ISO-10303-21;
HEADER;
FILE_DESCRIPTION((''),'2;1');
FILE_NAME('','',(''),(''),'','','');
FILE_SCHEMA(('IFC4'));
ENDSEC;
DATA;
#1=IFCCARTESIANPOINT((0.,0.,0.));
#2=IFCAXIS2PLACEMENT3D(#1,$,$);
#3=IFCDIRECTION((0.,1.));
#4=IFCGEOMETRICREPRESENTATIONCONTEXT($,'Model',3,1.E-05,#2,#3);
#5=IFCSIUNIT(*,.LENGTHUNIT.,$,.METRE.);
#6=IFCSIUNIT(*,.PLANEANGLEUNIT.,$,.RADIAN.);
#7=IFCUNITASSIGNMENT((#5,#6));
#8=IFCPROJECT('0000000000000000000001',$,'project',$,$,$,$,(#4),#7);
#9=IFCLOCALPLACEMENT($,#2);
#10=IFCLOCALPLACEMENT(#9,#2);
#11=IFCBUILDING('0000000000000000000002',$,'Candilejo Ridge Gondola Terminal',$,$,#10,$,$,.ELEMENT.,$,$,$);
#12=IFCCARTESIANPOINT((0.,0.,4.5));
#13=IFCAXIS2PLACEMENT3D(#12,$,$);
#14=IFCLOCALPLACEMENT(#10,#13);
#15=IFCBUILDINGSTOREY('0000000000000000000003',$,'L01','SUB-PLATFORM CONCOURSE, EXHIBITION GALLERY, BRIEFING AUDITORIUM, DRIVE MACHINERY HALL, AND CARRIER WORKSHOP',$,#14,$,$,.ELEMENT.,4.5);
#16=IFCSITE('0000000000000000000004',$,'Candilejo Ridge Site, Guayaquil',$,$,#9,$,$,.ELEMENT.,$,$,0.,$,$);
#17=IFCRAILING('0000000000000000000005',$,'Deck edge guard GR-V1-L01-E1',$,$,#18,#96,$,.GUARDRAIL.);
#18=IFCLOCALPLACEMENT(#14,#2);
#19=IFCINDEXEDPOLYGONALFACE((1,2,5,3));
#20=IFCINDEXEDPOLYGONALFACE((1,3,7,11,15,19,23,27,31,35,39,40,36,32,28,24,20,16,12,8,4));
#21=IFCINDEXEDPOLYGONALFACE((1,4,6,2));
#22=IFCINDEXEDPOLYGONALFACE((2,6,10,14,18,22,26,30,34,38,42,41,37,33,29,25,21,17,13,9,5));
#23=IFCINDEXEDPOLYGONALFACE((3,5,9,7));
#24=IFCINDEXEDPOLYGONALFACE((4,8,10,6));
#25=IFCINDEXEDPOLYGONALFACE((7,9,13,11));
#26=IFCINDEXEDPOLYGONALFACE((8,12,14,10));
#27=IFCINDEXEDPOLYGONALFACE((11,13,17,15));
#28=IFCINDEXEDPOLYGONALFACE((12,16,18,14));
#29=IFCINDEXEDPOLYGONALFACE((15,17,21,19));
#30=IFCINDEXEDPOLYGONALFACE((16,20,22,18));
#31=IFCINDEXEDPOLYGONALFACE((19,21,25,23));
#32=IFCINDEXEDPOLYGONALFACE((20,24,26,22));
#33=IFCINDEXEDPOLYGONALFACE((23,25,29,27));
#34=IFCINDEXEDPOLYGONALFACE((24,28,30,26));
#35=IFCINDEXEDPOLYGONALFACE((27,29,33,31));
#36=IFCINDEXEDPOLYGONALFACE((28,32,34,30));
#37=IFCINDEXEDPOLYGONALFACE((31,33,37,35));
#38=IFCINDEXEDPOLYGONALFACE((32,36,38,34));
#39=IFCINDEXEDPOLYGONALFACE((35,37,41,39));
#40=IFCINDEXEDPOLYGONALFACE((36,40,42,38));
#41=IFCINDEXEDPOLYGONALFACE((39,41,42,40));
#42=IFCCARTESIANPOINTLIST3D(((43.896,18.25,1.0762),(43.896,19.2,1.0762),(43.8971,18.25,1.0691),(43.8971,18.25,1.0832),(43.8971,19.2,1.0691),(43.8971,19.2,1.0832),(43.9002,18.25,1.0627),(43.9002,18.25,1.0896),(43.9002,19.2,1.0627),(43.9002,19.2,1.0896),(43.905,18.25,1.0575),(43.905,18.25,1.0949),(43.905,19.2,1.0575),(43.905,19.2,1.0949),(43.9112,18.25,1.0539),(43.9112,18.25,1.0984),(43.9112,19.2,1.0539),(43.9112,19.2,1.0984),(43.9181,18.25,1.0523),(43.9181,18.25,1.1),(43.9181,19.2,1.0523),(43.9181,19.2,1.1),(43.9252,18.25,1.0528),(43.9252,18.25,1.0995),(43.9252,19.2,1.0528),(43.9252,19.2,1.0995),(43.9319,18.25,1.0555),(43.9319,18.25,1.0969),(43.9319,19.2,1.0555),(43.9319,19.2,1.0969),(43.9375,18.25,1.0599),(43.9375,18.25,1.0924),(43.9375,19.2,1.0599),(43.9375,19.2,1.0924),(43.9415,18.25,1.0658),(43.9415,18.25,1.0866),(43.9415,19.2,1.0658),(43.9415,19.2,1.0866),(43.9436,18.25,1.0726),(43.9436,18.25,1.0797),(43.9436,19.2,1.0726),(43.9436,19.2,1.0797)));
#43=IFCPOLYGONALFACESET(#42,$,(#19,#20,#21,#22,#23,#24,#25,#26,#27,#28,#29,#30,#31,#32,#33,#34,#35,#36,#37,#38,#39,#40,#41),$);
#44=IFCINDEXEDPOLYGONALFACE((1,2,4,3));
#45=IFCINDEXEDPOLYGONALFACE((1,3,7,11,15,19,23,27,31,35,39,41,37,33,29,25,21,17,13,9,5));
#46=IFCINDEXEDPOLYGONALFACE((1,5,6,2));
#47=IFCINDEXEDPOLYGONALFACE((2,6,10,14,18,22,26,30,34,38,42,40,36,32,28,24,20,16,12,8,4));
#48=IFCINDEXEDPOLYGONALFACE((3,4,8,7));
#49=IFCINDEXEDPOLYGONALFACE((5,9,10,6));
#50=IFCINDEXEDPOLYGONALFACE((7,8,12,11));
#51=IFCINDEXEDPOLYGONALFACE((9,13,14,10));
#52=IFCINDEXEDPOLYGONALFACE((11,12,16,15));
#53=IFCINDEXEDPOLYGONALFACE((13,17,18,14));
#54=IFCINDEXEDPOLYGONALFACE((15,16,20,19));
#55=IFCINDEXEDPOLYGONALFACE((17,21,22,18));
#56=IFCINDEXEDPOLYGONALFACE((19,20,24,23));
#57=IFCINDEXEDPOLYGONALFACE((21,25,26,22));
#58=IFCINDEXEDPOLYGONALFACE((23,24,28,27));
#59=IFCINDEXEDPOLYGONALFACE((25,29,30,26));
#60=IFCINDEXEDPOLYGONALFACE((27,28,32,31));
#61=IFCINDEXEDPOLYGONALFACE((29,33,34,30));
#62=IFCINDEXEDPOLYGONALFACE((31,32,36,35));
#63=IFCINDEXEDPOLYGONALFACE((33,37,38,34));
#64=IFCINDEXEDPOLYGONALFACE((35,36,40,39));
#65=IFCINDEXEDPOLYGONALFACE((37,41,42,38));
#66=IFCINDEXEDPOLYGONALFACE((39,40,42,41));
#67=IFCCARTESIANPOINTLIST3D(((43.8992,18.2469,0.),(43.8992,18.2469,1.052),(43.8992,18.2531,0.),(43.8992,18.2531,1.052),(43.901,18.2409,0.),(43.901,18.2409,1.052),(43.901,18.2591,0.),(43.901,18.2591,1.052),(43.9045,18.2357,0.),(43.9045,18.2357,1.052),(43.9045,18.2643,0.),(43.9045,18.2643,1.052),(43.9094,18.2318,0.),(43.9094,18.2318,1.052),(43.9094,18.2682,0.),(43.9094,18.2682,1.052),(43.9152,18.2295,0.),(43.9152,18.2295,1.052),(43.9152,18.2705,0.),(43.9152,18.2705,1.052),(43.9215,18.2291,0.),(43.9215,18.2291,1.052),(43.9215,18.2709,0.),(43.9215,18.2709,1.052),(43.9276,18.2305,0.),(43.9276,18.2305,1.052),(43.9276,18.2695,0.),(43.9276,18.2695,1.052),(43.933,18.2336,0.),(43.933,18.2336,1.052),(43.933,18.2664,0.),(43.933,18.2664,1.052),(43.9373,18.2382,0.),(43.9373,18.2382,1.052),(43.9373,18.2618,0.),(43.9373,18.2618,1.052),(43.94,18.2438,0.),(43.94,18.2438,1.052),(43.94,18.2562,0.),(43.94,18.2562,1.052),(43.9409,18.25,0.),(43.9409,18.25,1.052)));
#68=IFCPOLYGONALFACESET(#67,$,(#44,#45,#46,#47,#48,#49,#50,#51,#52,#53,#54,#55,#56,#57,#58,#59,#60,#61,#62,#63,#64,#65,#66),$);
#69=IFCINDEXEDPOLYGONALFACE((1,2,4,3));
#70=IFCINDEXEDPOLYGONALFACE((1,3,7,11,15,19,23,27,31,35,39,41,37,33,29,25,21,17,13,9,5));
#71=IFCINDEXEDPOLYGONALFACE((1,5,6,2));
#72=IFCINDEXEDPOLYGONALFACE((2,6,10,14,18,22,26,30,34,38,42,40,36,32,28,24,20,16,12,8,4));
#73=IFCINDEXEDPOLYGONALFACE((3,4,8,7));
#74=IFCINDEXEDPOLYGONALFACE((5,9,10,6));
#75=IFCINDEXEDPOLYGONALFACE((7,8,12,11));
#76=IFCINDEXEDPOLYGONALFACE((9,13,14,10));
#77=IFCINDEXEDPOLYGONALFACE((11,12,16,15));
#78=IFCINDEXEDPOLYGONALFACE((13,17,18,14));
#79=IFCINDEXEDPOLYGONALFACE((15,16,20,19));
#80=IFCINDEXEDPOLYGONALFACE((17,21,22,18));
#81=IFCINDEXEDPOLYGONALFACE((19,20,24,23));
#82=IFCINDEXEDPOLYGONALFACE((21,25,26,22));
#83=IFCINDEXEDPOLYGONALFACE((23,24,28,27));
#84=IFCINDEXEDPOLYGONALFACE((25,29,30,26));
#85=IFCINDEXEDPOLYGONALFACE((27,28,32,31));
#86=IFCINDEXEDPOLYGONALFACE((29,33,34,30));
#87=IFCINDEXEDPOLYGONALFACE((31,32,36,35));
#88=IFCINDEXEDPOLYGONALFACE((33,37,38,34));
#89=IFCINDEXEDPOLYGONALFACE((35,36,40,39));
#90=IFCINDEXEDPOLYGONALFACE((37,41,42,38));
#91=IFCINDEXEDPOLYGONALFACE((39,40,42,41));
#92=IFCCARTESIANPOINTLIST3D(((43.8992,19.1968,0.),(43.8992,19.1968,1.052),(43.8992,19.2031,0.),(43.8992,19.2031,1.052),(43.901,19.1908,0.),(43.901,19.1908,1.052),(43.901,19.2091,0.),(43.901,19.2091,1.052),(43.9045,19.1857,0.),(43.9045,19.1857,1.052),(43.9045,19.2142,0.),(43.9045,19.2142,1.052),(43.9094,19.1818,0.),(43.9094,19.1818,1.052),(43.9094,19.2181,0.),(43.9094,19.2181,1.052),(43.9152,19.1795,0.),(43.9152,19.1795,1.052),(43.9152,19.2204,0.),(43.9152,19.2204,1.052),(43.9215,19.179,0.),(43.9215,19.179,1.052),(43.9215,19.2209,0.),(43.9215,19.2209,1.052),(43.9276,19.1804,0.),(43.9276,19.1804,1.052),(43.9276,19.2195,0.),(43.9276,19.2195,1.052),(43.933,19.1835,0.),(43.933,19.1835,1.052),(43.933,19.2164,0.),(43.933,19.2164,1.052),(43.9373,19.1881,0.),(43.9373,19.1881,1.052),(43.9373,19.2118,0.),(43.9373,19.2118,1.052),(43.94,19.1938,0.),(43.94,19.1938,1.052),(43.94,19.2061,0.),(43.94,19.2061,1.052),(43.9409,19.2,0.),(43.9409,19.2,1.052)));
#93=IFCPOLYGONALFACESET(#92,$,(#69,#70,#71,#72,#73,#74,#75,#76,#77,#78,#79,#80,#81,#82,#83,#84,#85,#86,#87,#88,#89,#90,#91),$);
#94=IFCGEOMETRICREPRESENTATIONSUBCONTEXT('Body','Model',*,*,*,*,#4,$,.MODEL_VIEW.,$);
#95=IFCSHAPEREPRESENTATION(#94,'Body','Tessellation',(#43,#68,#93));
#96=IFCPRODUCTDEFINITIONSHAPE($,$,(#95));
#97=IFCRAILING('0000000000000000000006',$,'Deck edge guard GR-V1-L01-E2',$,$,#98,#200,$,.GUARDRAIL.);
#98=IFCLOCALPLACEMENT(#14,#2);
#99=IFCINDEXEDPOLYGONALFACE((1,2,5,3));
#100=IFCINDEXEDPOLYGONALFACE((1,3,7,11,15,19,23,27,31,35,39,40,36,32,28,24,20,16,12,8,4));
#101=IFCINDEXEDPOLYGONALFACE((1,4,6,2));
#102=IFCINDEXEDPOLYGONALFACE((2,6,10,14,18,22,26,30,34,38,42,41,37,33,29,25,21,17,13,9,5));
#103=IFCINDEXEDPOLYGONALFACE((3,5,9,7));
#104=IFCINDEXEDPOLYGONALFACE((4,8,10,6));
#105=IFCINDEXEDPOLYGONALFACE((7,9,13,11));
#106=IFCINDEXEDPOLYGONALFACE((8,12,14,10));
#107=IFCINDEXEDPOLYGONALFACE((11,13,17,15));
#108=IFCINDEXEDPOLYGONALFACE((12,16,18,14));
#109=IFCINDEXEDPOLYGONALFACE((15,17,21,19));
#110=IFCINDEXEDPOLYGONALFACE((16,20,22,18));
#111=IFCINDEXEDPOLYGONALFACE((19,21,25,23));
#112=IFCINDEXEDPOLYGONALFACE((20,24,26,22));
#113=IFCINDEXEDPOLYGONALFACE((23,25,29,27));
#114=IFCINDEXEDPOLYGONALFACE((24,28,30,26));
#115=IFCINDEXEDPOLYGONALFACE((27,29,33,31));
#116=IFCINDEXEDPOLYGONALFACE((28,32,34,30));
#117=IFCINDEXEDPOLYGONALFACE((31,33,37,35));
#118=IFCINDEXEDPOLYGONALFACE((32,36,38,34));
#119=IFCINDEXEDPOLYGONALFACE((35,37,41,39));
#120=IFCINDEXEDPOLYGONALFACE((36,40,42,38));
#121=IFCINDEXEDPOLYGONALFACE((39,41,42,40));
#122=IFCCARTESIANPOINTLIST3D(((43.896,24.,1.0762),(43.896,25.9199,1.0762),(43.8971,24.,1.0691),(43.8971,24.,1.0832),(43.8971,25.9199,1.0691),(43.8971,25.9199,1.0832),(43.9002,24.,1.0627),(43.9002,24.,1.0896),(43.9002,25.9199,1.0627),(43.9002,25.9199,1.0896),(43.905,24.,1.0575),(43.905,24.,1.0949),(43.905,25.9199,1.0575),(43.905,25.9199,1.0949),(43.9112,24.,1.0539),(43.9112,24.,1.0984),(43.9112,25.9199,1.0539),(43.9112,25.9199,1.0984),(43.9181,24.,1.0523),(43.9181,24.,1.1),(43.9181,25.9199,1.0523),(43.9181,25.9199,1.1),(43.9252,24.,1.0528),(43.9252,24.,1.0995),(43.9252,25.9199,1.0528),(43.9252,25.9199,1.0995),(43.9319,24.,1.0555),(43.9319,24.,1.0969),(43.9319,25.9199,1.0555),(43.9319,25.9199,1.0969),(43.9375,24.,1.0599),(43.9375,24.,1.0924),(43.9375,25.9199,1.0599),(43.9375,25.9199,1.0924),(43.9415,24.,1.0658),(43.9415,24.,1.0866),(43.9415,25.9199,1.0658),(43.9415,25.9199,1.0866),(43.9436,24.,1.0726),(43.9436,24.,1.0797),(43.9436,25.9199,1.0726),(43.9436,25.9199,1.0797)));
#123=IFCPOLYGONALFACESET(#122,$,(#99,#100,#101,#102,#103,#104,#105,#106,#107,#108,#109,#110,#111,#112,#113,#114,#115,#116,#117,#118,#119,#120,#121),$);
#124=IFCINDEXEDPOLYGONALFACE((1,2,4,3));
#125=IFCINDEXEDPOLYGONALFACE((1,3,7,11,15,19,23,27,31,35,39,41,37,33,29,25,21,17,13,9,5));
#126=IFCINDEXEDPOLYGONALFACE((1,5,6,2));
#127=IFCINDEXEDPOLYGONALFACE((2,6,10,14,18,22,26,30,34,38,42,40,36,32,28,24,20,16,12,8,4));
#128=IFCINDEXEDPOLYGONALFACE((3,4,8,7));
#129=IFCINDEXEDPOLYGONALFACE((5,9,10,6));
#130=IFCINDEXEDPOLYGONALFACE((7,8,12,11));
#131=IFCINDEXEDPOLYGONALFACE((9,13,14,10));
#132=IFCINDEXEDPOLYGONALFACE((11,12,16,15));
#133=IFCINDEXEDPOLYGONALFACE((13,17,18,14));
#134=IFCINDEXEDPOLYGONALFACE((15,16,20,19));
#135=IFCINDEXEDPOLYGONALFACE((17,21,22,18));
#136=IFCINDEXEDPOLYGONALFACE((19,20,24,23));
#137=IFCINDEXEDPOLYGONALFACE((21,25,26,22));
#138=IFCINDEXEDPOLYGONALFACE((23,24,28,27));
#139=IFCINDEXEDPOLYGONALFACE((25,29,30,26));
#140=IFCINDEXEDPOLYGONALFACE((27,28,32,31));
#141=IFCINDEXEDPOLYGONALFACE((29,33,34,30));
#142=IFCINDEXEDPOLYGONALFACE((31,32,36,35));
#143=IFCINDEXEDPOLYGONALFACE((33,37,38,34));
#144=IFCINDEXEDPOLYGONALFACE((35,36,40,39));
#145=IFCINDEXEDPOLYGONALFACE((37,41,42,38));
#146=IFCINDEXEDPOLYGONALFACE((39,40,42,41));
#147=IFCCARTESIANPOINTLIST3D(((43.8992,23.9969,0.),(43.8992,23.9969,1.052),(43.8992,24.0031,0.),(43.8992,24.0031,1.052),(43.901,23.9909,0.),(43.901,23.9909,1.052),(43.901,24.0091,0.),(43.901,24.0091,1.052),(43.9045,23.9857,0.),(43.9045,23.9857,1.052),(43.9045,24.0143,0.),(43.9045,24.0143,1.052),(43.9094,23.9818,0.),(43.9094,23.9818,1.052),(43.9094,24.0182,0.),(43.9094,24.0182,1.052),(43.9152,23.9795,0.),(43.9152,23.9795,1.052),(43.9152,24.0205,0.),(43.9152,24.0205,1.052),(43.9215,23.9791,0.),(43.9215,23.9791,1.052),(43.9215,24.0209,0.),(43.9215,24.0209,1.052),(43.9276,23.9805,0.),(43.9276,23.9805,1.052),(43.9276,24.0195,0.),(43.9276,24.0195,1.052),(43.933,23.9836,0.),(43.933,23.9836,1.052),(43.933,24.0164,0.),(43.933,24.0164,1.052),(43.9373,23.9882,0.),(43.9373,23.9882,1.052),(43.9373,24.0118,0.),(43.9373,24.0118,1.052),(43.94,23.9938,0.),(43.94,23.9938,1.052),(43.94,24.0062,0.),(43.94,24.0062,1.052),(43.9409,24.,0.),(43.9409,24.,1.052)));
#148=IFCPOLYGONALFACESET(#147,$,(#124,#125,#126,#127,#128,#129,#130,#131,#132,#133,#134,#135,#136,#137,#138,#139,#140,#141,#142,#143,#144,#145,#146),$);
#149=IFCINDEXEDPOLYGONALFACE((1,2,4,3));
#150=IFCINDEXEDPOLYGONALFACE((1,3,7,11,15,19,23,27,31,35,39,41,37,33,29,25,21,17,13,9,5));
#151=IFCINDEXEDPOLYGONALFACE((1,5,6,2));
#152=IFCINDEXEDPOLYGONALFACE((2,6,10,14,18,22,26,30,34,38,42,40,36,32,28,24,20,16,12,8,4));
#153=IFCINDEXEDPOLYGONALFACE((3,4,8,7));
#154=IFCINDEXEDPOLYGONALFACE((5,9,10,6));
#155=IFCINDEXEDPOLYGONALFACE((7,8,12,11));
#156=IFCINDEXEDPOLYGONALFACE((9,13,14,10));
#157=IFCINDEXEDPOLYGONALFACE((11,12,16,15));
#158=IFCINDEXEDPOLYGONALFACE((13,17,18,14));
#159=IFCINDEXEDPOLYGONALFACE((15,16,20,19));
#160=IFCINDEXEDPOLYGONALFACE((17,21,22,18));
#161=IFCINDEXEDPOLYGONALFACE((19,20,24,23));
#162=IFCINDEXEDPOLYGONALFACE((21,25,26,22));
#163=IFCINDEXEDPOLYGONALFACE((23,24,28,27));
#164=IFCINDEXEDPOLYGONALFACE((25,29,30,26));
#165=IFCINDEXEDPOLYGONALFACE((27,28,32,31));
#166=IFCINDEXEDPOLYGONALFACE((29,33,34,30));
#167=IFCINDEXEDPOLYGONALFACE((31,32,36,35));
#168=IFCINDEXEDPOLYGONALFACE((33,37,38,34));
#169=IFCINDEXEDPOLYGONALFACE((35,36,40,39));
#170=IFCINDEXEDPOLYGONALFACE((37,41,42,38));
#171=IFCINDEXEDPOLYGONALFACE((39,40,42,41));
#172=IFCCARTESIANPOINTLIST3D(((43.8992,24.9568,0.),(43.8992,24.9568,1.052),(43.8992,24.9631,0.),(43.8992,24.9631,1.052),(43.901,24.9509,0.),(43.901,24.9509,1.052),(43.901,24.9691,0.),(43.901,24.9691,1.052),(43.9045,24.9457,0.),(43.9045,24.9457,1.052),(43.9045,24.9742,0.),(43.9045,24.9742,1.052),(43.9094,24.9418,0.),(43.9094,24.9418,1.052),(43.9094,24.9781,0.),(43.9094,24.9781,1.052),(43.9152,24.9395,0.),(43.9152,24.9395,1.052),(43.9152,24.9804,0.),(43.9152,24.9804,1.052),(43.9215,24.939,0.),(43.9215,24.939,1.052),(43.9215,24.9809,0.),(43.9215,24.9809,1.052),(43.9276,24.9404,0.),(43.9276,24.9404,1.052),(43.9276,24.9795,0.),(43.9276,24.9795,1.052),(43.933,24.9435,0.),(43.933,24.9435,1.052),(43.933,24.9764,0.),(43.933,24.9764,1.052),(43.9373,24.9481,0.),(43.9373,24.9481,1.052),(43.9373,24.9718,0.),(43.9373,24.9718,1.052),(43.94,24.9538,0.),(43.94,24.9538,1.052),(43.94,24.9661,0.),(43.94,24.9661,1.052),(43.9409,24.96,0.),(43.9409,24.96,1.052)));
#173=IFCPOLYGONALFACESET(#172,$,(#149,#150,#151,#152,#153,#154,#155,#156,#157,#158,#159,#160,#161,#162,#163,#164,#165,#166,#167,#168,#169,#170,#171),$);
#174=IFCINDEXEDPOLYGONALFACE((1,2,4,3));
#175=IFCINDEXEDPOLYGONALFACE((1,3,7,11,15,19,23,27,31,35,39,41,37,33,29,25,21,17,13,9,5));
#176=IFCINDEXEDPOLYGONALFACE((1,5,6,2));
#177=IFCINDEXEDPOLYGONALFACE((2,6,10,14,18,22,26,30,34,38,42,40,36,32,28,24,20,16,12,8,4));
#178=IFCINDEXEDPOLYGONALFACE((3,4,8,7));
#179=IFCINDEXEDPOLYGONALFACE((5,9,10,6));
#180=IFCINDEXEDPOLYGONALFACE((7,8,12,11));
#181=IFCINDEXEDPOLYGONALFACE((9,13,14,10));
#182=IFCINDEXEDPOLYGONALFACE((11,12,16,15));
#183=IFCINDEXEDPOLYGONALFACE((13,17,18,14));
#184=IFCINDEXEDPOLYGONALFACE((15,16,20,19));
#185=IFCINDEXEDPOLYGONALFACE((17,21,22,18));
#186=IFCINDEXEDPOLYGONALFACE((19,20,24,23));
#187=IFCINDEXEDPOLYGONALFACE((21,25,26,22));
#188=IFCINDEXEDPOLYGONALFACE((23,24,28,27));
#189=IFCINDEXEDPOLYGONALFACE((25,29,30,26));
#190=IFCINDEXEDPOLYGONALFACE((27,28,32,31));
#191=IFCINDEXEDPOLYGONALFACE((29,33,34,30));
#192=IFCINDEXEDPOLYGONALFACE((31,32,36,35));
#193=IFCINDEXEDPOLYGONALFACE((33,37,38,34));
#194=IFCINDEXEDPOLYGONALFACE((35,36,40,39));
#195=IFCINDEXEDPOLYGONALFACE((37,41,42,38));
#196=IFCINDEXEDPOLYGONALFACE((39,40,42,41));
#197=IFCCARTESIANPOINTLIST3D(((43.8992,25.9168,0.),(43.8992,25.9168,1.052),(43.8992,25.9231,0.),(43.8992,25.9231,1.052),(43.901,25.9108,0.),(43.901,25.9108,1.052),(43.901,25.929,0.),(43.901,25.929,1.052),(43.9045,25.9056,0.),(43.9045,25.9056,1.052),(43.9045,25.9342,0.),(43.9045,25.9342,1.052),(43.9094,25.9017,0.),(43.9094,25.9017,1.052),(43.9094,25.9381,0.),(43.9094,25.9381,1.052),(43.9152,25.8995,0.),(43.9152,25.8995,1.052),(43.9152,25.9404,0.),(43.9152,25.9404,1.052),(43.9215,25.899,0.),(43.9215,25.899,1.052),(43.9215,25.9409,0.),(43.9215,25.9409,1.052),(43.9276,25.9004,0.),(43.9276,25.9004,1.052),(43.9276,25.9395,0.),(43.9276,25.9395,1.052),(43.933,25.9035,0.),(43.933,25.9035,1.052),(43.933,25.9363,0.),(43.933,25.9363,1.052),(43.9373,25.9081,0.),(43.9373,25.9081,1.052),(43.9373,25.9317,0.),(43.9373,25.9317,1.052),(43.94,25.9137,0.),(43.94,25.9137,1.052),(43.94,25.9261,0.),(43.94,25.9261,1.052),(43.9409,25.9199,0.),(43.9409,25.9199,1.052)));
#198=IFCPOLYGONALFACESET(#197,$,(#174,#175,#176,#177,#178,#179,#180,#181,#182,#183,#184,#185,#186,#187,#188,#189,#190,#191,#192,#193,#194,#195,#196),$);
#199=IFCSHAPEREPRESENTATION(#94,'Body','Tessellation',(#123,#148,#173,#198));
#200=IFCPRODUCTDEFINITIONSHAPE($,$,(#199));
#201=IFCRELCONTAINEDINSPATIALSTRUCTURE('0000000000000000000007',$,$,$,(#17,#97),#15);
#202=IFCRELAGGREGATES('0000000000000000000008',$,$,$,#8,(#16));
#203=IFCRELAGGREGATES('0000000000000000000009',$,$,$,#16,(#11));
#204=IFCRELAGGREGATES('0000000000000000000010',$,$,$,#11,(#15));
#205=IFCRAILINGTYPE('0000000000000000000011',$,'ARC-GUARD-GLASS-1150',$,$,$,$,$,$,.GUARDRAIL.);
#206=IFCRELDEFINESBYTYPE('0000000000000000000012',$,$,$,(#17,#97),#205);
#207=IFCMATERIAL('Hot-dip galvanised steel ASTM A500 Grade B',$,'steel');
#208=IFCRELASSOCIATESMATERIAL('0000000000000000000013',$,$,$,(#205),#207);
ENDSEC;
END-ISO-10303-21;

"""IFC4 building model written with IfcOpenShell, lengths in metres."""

from ifc_helpers import new_model, si_unit, direction, frame, origin, origin_2d, place, context, subcontext, project, spatial, circle, extrude, material, type_object, element, save


model = new_model("IFC4")

# Units and contexts
model_context = context("Model", 3, precision=1e-05, world=origin(), true_north=direction((0.0, 1.0)))
body_context = subcontext(model_context, "Body", "Model", "MODEL_VIEW")
ifc_project = project(units=[si_unit("LENGTHUNIT", "METRE"), si_unit("PLANEANGLEUNIT", "RADIAN")], contexts=[model_context])

# Site, building, storey
site_placement = place(None, origin())
site = spatial("IfcSite", under=ifc_project, at=site_placement, Name="Candilejo Ridge Site, Guayaquil", CompositionType="ELEMENT", RefElevation=0.0)
building_placement = place(site_placement, origin())
building = spatial("IfcBuilding", under=site, at=building_placement, Name="Candilejo Ridge Gondola Terminal", CompositionType="ELEMENT")
storey_placement = place(building_placement, frame((0.0, 0.0, 4.5)))
storey = spatial("IfcBuildingStorey", under=building, at=storey_placement, Name="L01", Description="SUB-PLATFORM CONCOURSE, EXHIBITION GALLERY, BRIEFING AUDITORIUM, DRIVE MACHINERY HALL, AND CARRIER WORKSHOP", CompositionType="ELEMENT", Elevation=4.5)

# Railings
ifc_material_1 = material(Name="Hot-dip galvanised steel ASTM A500 Grade B", Category="steel")
railing_type = type_object("IfcRailingType", Name="ARC-GUARD-GLASS-1150", PredefinedType="GUARDRAIL", material=ifc_material_1)
railing_1_placement = place(storey_placement, frame((43.9199, 18.25, 0.0)))
element("IfcRailing", 1, at=railing_1_placement, inside=storey, type_object=railing_type, Name="Deck edge guard GR-V1-L01-E1", PredefinedType="GUARDRAIL", context=body_context, shape_type="SweptSolid", body=[
    extrude(circle(Radius=0.0239, at=origin_2d()), frame((0.0, 0.0, 1.0762), z_axis=(0.0, 1.0, 0.0), x_axis=(-1.0, 0.0, 0.0)), (0.0, 0.0, 1.0), 0.95),
    extrude(circle(Radius=0.021, at=origin_2d()), origin(), (0.0, 0.0, 1.0), 1.052),
    extrude(circle(Radius=0.021, at=origin_2d()), frame((0.0, 0.95, 0.0)), (0.0, 0.0, 1.0), 1.052),
])
railing_2_placement = place(storey_placement, frame((43.9199, 24.0, 0.0)))
element("IfcRailing", 2, at=railing_2_placement, inside=storey, type_object=railing_type, Name="Deck edge guard GR-V1-L01-E2", PredefinedType="GUARDRAIL", context=body_context, shape_type="SweptSolid", body=[
    extrude(circle(Radius=0.0239, at=origin_2d()), frame((0.0, 0.0, 1.0762), z_axis=(0.0, 1.0, 0.0), x_axis=(-1.0, 0.0, 0.0)), (0.0, 0.0, 1.0), 1.9199),
    extrude(circle(Radius=0.021, at=origin_2d()), origin(), (0.0, 0.0, 1.0), 1.052),
    extrude(circle(Radius=0.021, at=origin_2d()), frame((0.0, 0.96, 0.0)), (0.0, 0.0, 1.0), 1.052),
    extrude(circle(Radius=0.021, at=origin_2d()), frame((0.0, 1.9199, 0.0)), (0.0, 0.0, 1.0), 1.052),
])

save(model, "model.ifc")
